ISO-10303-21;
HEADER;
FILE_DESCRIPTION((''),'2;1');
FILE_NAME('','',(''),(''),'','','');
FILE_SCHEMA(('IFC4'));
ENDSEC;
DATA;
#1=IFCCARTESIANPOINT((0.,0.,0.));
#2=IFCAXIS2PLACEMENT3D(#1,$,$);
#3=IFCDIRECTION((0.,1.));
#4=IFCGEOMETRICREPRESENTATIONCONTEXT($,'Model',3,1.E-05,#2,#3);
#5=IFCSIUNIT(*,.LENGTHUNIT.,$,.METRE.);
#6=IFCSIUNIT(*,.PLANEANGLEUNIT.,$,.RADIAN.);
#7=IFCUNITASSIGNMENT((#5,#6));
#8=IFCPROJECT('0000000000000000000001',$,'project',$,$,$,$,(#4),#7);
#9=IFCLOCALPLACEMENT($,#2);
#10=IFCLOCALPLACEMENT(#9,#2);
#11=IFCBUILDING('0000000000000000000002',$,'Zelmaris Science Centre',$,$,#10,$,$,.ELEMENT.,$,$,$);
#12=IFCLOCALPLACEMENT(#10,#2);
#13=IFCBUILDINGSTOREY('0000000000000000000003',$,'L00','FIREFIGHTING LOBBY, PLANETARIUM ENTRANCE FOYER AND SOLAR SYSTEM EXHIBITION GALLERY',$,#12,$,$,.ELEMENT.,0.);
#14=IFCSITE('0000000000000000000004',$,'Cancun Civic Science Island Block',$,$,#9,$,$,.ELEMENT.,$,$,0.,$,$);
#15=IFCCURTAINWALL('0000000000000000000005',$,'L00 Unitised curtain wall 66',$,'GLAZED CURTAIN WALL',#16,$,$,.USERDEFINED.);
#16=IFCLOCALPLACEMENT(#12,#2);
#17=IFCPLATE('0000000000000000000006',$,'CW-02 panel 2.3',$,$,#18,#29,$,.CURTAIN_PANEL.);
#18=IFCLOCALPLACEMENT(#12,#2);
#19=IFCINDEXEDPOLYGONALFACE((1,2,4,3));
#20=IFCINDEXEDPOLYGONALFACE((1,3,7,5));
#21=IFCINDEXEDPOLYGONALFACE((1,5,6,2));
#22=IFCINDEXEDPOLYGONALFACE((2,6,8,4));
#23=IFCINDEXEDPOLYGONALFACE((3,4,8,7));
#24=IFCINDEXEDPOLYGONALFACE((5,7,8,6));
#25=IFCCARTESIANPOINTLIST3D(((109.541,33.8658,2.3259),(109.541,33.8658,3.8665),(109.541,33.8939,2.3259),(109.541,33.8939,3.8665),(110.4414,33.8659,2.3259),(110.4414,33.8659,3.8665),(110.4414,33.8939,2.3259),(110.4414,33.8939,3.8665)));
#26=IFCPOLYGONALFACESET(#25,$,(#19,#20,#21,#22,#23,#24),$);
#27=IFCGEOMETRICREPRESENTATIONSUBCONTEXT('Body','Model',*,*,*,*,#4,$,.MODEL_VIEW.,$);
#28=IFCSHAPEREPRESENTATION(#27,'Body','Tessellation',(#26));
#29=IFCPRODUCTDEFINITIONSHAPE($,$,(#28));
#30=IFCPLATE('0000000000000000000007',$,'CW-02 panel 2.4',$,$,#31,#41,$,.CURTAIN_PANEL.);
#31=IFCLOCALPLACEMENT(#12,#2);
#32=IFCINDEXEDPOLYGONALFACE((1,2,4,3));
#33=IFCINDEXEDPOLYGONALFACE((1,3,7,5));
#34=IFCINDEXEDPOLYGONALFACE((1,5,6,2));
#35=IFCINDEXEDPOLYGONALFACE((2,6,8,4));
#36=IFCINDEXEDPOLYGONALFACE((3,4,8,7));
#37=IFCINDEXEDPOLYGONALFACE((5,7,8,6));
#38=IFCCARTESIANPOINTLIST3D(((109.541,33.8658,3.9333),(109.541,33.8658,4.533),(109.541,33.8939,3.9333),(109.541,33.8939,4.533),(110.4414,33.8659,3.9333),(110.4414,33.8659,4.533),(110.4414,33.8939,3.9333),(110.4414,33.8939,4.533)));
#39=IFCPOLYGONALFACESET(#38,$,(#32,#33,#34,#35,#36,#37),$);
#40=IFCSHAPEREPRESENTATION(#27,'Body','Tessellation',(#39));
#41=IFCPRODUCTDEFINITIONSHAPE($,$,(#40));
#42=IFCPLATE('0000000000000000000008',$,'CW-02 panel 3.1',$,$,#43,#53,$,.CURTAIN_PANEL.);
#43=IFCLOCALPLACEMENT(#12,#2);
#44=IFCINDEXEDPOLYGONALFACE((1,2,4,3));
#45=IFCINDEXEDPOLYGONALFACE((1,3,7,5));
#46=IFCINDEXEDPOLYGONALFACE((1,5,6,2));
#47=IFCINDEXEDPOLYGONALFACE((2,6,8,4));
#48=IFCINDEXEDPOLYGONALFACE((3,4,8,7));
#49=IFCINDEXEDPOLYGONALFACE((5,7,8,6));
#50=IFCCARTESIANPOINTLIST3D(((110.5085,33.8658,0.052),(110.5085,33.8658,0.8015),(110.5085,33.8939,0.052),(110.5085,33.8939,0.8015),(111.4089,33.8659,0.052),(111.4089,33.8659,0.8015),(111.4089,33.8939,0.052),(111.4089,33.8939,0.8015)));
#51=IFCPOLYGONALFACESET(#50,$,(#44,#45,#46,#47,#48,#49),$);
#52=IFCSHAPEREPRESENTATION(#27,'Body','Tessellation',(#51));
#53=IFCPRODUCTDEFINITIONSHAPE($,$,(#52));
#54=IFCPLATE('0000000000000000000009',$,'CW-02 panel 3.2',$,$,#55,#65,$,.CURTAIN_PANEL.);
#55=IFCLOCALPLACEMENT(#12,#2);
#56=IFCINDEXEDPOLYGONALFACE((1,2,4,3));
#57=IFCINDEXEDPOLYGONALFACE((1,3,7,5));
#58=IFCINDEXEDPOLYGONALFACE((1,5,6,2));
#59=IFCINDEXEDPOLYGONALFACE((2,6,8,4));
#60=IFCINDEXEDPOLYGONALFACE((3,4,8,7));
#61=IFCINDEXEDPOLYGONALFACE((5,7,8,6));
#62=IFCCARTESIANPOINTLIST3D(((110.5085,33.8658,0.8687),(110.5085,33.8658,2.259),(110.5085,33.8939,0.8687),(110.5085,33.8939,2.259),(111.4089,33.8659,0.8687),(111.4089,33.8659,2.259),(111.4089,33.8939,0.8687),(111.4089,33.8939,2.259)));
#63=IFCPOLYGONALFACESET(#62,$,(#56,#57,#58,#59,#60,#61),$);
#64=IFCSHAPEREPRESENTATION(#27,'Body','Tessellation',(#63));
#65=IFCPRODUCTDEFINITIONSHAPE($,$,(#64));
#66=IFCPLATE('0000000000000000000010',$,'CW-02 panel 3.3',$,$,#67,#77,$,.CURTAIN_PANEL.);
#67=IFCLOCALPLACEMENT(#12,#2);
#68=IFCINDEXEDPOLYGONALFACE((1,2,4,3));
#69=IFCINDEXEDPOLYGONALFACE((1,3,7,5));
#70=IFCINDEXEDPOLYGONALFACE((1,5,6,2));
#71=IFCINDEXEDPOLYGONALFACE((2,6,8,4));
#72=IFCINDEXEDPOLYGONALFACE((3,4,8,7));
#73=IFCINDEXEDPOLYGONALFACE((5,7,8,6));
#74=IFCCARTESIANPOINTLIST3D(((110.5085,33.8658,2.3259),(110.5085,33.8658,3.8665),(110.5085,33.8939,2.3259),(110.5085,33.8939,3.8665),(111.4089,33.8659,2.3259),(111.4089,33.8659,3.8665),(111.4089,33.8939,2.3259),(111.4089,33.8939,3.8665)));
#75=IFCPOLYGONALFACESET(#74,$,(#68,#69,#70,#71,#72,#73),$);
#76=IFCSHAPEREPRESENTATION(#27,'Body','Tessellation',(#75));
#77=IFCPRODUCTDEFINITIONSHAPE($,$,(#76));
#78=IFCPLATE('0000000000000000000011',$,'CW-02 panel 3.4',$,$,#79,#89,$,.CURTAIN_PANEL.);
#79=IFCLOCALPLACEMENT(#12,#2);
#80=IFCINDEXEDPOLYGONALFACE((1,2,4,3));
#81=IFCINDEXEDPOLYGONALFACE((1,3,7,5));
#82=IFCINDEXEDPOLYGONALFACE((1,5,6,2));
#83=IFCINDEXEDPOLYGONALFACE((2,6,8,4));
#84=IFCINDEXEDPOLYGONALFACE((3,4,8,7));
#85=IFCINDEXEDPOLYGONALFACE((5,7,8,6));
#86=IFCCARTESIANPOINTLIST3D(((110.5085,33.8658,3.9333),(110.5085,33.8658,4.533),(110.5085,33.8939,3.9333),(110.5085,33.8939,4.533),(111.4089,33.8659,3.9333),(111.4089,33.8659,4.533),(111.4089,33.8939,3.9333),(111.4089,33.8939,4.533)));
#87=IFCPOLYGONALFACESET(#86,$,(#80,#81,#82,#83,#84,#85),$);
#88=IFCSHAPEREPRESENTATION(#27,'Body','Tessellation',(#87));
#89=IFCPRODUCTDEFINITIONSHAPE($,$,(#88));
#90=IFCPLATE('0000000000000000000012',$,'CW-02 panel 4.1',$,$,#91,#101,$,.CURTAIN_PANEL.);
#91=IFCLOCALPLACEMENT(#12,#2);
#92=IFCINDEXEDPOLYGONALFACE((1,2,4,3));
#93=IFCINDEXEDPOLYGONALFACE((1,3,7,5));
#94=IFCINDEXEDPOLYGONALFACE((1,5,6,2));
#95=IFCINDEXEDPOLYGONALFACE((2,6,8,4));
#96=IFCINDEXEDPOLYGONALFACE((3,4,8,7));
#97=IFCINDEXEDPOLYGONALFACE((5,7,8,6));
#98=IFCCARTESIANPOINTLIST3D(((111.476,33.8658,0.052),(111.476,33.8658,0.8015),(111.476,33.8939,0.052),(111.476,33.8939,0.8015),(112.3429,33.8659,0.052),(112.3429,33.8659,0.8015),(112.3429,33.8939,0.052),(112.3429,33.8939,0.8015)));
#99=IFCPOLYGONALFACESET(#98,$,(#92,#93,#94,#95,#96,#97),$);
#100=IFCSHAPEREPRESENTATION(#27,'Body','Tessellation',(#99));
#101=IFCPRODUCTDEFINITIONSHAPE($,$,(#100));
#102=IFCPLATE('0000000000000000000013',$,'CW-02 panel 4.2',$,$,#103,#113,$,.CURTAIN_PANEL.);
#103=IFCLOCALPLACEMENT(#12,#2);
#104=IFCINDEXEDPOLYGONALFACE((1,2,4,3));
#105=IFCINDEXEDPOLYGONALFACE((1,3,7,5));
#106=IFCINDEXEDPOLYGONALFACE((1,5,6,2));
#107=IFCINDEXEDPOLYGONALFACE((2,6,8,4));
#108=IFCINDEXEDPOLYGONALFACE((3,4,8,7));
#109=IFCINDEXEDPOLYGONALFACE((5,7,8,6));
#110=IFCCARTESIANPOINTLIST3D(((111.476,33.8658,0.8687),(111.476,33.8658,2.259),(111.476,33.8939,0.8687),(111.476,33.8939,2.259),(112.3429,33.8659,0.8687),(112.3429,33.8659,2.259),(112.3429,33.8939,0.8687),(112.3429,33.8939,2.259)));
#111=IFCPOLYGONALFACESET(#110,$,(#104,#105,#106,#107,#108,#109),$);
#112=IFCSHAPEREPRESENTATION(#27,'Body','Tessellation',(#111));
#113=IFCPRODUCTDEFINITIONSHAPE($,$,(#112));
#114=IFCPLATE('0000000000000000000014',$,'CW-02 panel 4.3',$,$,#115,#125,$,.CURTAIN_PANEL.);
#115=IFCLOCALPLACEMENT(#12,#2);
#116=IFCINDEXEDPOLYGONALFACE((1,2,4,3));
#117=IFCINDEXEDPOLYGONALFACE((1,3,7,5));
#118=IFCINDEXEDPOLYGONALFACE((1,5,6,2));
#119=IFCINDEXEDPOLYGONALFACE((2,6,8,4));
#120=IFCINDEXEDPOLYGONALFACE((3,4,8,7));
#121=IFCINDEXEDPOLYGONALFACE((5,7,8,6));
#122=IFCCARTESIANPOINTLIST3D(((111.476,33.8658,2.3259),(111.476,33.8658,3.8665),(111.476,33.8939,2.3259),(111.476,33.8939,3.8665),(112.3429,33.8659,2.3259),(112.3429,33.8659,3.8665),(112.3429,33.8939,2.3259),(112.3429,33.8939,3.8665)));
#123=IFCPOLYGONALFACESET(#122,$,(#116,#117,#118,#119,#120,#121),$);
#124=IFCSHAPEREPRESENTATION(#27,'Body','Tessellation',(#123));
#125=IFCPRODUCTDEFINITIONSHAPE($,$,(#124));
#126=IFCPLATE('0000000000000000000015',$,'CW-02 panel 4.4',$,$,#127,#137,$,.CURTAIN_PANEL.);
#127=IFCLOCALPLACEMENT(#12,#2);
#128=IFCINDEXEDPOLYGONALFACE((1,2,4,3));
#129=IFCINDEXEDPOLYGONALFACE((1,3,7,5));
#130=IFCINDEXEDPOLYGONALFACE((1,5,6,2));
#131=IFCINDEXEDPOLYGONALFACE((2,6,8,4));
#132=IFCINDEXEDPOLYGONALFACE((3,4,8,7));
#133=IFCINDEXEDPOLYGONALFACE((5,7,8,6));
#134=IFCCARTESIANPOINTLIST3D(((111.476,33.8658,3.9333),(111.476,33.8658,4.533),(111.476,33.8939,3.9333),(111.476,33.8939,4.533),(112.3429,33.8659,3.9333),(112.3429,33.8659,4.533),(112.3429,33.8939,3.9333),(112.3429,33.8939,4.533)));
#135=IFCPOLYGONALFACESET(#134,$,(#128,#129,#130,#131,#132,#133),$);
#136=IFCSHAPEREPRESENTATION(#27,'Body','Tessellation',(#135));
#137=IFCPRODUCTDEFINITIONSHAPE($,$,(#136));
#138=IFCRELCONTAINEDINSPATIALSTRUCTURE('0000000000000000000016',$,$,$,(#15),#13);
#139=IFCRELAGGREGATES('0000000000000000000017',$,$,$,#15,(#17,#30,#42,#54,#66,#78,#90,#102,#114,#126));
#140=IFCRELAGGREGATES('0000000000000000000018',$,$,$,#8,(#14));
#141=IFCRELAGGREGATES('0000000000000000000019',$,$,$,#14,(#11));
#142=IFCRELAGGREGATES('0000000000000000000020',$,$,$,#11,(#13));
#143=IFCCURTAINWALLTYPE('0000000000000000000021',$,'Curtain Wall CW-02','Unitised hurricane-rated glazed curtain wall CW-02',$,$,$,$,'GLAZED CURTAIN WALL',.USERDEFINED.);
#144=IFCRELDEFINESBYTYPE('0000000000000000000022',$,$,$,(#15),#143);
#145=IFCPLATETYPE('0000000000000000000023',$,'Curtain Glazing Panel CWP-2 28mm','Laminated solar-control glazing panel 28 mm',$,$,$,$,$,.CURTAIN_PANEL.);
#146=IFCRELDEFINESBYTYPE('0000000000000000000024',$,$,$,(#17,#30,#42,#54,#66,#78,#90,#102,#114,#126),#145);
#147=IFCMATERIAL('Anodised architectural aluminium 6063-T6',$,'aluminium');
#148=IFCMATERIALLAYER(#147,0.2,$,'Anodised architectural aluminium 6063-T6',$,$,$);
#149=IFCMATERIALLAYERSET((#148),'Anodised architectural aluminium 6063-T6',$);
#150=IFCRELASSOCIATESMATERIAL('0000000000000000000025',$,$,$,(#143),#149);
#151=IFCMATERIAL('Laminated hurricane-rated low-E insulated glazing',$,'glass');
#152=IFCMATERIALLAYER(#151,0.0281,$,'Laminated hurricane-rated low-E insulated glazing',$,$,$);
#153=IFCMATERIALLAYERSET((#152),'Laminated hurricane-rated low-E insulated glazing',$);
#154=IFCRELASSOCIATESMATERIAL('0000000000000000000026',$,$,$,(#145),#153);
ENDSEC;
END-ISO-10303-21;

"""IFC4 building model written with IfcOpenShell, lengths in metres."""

from ifc_helpers import new_model, si_unit, direction, frame, origin, origin_2d, place, context, subcontext, project, spatial, rectangle, extrude, material, layer, layer_set, type_object, element, aggregate, save


model = new_model("IFC4")

# Units and contexts
model_context = context("Model", 3, precision=1e-05, world=origin(), true_north=direction((0.0, 1.0)))
body_context = subcontext(model_context, "Body", "Model", "MODEL_VIEW")
ifc_project = project(units=[si_unit("LENGTHUNIT", "METRE"), si_unit("PLANEANGLEUNIT", "RADIAN")], contexts=[model_context])

# Site, building, storey
site_placement = place(None, origin())
site = spatial("IfcSite", under=ifc_project, at=site_placement, Name="Cancun Civic Science Island Block", CompositionType="ELEMENT", RefElevation=0.0)
building_placement = place(site_placement, origin())
building = spatial("IfcBuilding", under=site, at=building_placement, Name="Zelmaris Science Centre", CompositionType="ELEMENT")
storey_placement = place(building_placement, origin())
storey = spatial("IfcBuildingStorey", under=building, at=storey_placement, Name="L00", Description="FIREFIGHTING LOBBY, PLANETARIUM ENTRANCE FOYER AND SOLAR SYSTEM EXHIBITION GALLERY", CompositionType="ELEMENT", Elevation=0.0)

# Shared definitions
ifc_material_1 = material(Name="Anodised architectural aluminium 6063-T6", Category="aluminium")

# Curtain wall
ifc_layer_1 = layer(ifc_material_1, 0.2, Name="Anodised architectural aluminium 6063-T6")
ifc_layer_set_1 = layer_set([ifc_layer_1], Name="Anodised architectural aluminium 6063-T6")
curtain_wall_type_1 = type_object("IfcCurtainWallType", Name="Curtain Wall CW-02", Description="Unitised hurricane-rated glazed curtain wall CW-02", ElementType="GLAZED CURTAIN WALL", PredefinedType="USERDEFINED", material=ifc_layer_set_1)
curtain_wall_1_placement = place(storey_placement, origin())
curtain_wall_1 = element("IfcCurtainWall", 1, at=curtain_wall_1_placement, inside=storey, type_object=curtain_wall_type_1, Name="L00 Unitised curtain wall 66", ObjectType="GLAZED CURTAIN WALL", PredefinedType="USERDEFINED")

# Plates
ifc_material_2 = material(Name="Laminated hurricane-rated low-E insulated glazing", Category="glass")
ifc_layer_2 = layer(ifc_material_2, 0.0281, Name="Laminated hurricane-rated low-E insulated glazing")
ifc_layer_set_2 = layer_set([ifc_layer_2], Name="Laminated hurricane-rated low-E insulated glazing")
plate_type = type_object("IfcPlateType", Name="Curtain Glazing Panel CWP-2 28mm", Description="Laminated solar-control glazing panel 28 mm", PredefinedType="CURTAIN_PANEL", material=ifc_layer_set_2)
plate_1_placement = place(storey_placement, frame((109.9912, 33.8799, 2.3259), z_axis=(0.0, 0.0, 1.0), x_axis=(1.0, 0.000026, 0.0)))
plate_1 = element("IfcPlate", 2, at=plate_1_placement, type_object=plate_type, Name="CW-02 panel 2.3", PredefinedType="CURTAIN_PANEL", context=body_context, shape_type="SweptSolid", body=[
    extrude(rectangle(XDim=0.9004, YDim=0.0281, at=origin_2d()), origin(), (0.0, 0.0, 1.0), 1.5405),
])
plate_2_placement = place(storey_placement, frame((109.9912, 33.8799, 3.9333), z_axis=(0.0, 0.0, 1.0), x_axis=(1.0, 0.000026, 0.0)))
plate_2 = element("IfcPlate", 3, at=plate_2_placement, type_object=plate_type, Name="CW-02 panel 2.4", PredefinedType="CURTAIN_PANEL", context=body_context, shape_type="SweptSolid", body=[
    extrude(rectangle(XDim=0.9004, YDim=0.0281, at=origin_2d()), origin(), (0.0, 0.0, 1.0), 0.5996),
])
plate_3_placement = place(storey_placement, frame((110.9587, 33.8799, 0.052), z_axis=(0.0, 0.0, 1.0), x_axis=(1.0, 0.000026, 0.0)))
plate_3 = element("IfcPlate", 4, at=plate_3_placement, type_object=plate_type, Name="CW-02 panel 3.1", PredefinedType="CURTAIN_PANEL", context=body_context, shape_type="SweptSolid", body=[
    extrude(rectangle(XDim=0.9004, YDim=0.0281, at=origin_2d()), origin(), (0.0, 0.0, 1.0), 0.7495),
])
plate_4_placement = place(storey_placement, frame((110.9587, 33.8799, 0.8687), z_axis=(0.0, 0.0, 1.0), x_axis=(1.0, 0.000026, 0.0)))
plate_4 = element("IfcPlate", 5, at=plate_4_placement, type_object=plate_type, Name="CW-02 panel 3.2", PredefinedType="CURTAIN_PANEL", context=body_context, shape_type="SweptSolid", body=[
    extrude(rectangle(XDim=0.9004, YDim=0.0281, at=origin_2d()), origin(), (0.0, 0.0, 1.0), 1.3904),
])
plate_5_placement = place(storey_placement, frame((110.9587, 33.8799, 2.3259), z_axis=(0.0, 0.0, 1.0), x_axis=(1.0, 0.000026, 0.0)))
plate_5 = element("IfcPlate", 6, at=plate_5_placement, type_object=plate_type, Name="CW-02 panel 3.3", PredefinedType="CURTAIN_PANEL", context=body_context, shape_type="SweptSolid", body=[
    extrude(rectangle(XDim=0.9004, YDim=0.0281, at=origin_2d()), origin(), (0.0, 0.0, 1.0), 1.5405),
])
plate_6_placement = place(storey_placement, frame((110.9587, 33.8799, 3.9333), z_axis=(0.0, 0.0, 1.0), x_axis=(1.0, 0.000026, 0.0)))
plate_6 = element("IfcPlate", 7, at=plate_6_placement, type_object=plate_type, Name="CW-02 panel 3.4", PredefinedType="CURTAIN_PANEL", context=body_context, shape_type="SweptSolid", body=[
    extrude(rectangle(XDim=0.9004, YDim=0.0281, at=origin_2d()), origin(), (0.0, 0.0, 1.0), 0.5996),
])
plate_7_placement = place(storey_placement, frame((111.9094, 33.8799, 0.052), z_axis=(0.0, 0.0, 1.0), x_axis=(1.0, 0.000026, 0.0)))
plate_7 = element("IfcPlate", 8, at=plate_7_placement, type_object=plate_type, Name="CW-02 panel 4.1", PredefinedType="CURTAIN_PANEL", context=body_context, shape_type="SweptSolid", body=[
    extrude(rectangle(XDim=0.8669, YDim=0.0281, at=origin_2d()), origin(), (0.0, 0.0, 1.0), 0.7495),
])
plate_8_placement = place(storey_placement, frame((111.9094, 33.8799, 0.8687), z_axis=(0.0, 0.0, 1.0), x_axis=(1.0, 0.000026, 0.0)))
plate_8 = element("IfcPlate", 9, at=plate_8_placement, type_object=plate_type, Name="CW-02 panel 4.2", PredefinedType="CURTAIN_PANEL", context=body_context, shape_type="SweptSolid", body=[
    extrude(rectangle(XDim=0.8669, YDim=0.0281, at=origin_2d()), origin(), (0.0, 0.0, 1.0), 1.3904),
])
plate_9_placement = place(storey_placement, frame((111.9094, 33.8799, 2.3259), z_axis=(0.0, 0.0, 1.0), x_axis=(1.0, 0.000026, 0.0)))
plate_9 = element("IfcPlate", 10, at=plate_9_placement, type_object=plate_type, Name="CW-02 panel 4.3", PredefinedType="CURTAIN_PANEL", context=body_context, shape_type="SweptSolid", body=[
    extrude(rectangle(XDim=0.8669, YDim=0.0281, at=origin_2d()), origin(), (0.0, 0.0, 1.0), 1.5405),
])
plate_10_placement = place(storey_placement, frame((111.9094, 33.8799, 3.9333), z_axis=(0.0, 0.0, 1.0), x_axis=(1.0, 0.000026, 0.0)))
plate_10 = element("IfcPlate", 11, at=plate_10_placement, type_object=plate_type, Name="CW-02 panel 4.4", PredefinedType="CURTAIN_PANEL", context=body_context, shape_type="SweptSolid", body=[
    extrude(rectangle(XDim=0.8669, YDim=0.0281, at=origin_2d()), origin(), (0.0, 0.0, 1.0), 0.5996),
])
aggregate(curtain_wall_1, [plate_1, plate_2, plate_3, plate_4, plate_5, plate_6, plate_7, plate_8, plate_9, plate_10])

save(model, "model.ifc")
